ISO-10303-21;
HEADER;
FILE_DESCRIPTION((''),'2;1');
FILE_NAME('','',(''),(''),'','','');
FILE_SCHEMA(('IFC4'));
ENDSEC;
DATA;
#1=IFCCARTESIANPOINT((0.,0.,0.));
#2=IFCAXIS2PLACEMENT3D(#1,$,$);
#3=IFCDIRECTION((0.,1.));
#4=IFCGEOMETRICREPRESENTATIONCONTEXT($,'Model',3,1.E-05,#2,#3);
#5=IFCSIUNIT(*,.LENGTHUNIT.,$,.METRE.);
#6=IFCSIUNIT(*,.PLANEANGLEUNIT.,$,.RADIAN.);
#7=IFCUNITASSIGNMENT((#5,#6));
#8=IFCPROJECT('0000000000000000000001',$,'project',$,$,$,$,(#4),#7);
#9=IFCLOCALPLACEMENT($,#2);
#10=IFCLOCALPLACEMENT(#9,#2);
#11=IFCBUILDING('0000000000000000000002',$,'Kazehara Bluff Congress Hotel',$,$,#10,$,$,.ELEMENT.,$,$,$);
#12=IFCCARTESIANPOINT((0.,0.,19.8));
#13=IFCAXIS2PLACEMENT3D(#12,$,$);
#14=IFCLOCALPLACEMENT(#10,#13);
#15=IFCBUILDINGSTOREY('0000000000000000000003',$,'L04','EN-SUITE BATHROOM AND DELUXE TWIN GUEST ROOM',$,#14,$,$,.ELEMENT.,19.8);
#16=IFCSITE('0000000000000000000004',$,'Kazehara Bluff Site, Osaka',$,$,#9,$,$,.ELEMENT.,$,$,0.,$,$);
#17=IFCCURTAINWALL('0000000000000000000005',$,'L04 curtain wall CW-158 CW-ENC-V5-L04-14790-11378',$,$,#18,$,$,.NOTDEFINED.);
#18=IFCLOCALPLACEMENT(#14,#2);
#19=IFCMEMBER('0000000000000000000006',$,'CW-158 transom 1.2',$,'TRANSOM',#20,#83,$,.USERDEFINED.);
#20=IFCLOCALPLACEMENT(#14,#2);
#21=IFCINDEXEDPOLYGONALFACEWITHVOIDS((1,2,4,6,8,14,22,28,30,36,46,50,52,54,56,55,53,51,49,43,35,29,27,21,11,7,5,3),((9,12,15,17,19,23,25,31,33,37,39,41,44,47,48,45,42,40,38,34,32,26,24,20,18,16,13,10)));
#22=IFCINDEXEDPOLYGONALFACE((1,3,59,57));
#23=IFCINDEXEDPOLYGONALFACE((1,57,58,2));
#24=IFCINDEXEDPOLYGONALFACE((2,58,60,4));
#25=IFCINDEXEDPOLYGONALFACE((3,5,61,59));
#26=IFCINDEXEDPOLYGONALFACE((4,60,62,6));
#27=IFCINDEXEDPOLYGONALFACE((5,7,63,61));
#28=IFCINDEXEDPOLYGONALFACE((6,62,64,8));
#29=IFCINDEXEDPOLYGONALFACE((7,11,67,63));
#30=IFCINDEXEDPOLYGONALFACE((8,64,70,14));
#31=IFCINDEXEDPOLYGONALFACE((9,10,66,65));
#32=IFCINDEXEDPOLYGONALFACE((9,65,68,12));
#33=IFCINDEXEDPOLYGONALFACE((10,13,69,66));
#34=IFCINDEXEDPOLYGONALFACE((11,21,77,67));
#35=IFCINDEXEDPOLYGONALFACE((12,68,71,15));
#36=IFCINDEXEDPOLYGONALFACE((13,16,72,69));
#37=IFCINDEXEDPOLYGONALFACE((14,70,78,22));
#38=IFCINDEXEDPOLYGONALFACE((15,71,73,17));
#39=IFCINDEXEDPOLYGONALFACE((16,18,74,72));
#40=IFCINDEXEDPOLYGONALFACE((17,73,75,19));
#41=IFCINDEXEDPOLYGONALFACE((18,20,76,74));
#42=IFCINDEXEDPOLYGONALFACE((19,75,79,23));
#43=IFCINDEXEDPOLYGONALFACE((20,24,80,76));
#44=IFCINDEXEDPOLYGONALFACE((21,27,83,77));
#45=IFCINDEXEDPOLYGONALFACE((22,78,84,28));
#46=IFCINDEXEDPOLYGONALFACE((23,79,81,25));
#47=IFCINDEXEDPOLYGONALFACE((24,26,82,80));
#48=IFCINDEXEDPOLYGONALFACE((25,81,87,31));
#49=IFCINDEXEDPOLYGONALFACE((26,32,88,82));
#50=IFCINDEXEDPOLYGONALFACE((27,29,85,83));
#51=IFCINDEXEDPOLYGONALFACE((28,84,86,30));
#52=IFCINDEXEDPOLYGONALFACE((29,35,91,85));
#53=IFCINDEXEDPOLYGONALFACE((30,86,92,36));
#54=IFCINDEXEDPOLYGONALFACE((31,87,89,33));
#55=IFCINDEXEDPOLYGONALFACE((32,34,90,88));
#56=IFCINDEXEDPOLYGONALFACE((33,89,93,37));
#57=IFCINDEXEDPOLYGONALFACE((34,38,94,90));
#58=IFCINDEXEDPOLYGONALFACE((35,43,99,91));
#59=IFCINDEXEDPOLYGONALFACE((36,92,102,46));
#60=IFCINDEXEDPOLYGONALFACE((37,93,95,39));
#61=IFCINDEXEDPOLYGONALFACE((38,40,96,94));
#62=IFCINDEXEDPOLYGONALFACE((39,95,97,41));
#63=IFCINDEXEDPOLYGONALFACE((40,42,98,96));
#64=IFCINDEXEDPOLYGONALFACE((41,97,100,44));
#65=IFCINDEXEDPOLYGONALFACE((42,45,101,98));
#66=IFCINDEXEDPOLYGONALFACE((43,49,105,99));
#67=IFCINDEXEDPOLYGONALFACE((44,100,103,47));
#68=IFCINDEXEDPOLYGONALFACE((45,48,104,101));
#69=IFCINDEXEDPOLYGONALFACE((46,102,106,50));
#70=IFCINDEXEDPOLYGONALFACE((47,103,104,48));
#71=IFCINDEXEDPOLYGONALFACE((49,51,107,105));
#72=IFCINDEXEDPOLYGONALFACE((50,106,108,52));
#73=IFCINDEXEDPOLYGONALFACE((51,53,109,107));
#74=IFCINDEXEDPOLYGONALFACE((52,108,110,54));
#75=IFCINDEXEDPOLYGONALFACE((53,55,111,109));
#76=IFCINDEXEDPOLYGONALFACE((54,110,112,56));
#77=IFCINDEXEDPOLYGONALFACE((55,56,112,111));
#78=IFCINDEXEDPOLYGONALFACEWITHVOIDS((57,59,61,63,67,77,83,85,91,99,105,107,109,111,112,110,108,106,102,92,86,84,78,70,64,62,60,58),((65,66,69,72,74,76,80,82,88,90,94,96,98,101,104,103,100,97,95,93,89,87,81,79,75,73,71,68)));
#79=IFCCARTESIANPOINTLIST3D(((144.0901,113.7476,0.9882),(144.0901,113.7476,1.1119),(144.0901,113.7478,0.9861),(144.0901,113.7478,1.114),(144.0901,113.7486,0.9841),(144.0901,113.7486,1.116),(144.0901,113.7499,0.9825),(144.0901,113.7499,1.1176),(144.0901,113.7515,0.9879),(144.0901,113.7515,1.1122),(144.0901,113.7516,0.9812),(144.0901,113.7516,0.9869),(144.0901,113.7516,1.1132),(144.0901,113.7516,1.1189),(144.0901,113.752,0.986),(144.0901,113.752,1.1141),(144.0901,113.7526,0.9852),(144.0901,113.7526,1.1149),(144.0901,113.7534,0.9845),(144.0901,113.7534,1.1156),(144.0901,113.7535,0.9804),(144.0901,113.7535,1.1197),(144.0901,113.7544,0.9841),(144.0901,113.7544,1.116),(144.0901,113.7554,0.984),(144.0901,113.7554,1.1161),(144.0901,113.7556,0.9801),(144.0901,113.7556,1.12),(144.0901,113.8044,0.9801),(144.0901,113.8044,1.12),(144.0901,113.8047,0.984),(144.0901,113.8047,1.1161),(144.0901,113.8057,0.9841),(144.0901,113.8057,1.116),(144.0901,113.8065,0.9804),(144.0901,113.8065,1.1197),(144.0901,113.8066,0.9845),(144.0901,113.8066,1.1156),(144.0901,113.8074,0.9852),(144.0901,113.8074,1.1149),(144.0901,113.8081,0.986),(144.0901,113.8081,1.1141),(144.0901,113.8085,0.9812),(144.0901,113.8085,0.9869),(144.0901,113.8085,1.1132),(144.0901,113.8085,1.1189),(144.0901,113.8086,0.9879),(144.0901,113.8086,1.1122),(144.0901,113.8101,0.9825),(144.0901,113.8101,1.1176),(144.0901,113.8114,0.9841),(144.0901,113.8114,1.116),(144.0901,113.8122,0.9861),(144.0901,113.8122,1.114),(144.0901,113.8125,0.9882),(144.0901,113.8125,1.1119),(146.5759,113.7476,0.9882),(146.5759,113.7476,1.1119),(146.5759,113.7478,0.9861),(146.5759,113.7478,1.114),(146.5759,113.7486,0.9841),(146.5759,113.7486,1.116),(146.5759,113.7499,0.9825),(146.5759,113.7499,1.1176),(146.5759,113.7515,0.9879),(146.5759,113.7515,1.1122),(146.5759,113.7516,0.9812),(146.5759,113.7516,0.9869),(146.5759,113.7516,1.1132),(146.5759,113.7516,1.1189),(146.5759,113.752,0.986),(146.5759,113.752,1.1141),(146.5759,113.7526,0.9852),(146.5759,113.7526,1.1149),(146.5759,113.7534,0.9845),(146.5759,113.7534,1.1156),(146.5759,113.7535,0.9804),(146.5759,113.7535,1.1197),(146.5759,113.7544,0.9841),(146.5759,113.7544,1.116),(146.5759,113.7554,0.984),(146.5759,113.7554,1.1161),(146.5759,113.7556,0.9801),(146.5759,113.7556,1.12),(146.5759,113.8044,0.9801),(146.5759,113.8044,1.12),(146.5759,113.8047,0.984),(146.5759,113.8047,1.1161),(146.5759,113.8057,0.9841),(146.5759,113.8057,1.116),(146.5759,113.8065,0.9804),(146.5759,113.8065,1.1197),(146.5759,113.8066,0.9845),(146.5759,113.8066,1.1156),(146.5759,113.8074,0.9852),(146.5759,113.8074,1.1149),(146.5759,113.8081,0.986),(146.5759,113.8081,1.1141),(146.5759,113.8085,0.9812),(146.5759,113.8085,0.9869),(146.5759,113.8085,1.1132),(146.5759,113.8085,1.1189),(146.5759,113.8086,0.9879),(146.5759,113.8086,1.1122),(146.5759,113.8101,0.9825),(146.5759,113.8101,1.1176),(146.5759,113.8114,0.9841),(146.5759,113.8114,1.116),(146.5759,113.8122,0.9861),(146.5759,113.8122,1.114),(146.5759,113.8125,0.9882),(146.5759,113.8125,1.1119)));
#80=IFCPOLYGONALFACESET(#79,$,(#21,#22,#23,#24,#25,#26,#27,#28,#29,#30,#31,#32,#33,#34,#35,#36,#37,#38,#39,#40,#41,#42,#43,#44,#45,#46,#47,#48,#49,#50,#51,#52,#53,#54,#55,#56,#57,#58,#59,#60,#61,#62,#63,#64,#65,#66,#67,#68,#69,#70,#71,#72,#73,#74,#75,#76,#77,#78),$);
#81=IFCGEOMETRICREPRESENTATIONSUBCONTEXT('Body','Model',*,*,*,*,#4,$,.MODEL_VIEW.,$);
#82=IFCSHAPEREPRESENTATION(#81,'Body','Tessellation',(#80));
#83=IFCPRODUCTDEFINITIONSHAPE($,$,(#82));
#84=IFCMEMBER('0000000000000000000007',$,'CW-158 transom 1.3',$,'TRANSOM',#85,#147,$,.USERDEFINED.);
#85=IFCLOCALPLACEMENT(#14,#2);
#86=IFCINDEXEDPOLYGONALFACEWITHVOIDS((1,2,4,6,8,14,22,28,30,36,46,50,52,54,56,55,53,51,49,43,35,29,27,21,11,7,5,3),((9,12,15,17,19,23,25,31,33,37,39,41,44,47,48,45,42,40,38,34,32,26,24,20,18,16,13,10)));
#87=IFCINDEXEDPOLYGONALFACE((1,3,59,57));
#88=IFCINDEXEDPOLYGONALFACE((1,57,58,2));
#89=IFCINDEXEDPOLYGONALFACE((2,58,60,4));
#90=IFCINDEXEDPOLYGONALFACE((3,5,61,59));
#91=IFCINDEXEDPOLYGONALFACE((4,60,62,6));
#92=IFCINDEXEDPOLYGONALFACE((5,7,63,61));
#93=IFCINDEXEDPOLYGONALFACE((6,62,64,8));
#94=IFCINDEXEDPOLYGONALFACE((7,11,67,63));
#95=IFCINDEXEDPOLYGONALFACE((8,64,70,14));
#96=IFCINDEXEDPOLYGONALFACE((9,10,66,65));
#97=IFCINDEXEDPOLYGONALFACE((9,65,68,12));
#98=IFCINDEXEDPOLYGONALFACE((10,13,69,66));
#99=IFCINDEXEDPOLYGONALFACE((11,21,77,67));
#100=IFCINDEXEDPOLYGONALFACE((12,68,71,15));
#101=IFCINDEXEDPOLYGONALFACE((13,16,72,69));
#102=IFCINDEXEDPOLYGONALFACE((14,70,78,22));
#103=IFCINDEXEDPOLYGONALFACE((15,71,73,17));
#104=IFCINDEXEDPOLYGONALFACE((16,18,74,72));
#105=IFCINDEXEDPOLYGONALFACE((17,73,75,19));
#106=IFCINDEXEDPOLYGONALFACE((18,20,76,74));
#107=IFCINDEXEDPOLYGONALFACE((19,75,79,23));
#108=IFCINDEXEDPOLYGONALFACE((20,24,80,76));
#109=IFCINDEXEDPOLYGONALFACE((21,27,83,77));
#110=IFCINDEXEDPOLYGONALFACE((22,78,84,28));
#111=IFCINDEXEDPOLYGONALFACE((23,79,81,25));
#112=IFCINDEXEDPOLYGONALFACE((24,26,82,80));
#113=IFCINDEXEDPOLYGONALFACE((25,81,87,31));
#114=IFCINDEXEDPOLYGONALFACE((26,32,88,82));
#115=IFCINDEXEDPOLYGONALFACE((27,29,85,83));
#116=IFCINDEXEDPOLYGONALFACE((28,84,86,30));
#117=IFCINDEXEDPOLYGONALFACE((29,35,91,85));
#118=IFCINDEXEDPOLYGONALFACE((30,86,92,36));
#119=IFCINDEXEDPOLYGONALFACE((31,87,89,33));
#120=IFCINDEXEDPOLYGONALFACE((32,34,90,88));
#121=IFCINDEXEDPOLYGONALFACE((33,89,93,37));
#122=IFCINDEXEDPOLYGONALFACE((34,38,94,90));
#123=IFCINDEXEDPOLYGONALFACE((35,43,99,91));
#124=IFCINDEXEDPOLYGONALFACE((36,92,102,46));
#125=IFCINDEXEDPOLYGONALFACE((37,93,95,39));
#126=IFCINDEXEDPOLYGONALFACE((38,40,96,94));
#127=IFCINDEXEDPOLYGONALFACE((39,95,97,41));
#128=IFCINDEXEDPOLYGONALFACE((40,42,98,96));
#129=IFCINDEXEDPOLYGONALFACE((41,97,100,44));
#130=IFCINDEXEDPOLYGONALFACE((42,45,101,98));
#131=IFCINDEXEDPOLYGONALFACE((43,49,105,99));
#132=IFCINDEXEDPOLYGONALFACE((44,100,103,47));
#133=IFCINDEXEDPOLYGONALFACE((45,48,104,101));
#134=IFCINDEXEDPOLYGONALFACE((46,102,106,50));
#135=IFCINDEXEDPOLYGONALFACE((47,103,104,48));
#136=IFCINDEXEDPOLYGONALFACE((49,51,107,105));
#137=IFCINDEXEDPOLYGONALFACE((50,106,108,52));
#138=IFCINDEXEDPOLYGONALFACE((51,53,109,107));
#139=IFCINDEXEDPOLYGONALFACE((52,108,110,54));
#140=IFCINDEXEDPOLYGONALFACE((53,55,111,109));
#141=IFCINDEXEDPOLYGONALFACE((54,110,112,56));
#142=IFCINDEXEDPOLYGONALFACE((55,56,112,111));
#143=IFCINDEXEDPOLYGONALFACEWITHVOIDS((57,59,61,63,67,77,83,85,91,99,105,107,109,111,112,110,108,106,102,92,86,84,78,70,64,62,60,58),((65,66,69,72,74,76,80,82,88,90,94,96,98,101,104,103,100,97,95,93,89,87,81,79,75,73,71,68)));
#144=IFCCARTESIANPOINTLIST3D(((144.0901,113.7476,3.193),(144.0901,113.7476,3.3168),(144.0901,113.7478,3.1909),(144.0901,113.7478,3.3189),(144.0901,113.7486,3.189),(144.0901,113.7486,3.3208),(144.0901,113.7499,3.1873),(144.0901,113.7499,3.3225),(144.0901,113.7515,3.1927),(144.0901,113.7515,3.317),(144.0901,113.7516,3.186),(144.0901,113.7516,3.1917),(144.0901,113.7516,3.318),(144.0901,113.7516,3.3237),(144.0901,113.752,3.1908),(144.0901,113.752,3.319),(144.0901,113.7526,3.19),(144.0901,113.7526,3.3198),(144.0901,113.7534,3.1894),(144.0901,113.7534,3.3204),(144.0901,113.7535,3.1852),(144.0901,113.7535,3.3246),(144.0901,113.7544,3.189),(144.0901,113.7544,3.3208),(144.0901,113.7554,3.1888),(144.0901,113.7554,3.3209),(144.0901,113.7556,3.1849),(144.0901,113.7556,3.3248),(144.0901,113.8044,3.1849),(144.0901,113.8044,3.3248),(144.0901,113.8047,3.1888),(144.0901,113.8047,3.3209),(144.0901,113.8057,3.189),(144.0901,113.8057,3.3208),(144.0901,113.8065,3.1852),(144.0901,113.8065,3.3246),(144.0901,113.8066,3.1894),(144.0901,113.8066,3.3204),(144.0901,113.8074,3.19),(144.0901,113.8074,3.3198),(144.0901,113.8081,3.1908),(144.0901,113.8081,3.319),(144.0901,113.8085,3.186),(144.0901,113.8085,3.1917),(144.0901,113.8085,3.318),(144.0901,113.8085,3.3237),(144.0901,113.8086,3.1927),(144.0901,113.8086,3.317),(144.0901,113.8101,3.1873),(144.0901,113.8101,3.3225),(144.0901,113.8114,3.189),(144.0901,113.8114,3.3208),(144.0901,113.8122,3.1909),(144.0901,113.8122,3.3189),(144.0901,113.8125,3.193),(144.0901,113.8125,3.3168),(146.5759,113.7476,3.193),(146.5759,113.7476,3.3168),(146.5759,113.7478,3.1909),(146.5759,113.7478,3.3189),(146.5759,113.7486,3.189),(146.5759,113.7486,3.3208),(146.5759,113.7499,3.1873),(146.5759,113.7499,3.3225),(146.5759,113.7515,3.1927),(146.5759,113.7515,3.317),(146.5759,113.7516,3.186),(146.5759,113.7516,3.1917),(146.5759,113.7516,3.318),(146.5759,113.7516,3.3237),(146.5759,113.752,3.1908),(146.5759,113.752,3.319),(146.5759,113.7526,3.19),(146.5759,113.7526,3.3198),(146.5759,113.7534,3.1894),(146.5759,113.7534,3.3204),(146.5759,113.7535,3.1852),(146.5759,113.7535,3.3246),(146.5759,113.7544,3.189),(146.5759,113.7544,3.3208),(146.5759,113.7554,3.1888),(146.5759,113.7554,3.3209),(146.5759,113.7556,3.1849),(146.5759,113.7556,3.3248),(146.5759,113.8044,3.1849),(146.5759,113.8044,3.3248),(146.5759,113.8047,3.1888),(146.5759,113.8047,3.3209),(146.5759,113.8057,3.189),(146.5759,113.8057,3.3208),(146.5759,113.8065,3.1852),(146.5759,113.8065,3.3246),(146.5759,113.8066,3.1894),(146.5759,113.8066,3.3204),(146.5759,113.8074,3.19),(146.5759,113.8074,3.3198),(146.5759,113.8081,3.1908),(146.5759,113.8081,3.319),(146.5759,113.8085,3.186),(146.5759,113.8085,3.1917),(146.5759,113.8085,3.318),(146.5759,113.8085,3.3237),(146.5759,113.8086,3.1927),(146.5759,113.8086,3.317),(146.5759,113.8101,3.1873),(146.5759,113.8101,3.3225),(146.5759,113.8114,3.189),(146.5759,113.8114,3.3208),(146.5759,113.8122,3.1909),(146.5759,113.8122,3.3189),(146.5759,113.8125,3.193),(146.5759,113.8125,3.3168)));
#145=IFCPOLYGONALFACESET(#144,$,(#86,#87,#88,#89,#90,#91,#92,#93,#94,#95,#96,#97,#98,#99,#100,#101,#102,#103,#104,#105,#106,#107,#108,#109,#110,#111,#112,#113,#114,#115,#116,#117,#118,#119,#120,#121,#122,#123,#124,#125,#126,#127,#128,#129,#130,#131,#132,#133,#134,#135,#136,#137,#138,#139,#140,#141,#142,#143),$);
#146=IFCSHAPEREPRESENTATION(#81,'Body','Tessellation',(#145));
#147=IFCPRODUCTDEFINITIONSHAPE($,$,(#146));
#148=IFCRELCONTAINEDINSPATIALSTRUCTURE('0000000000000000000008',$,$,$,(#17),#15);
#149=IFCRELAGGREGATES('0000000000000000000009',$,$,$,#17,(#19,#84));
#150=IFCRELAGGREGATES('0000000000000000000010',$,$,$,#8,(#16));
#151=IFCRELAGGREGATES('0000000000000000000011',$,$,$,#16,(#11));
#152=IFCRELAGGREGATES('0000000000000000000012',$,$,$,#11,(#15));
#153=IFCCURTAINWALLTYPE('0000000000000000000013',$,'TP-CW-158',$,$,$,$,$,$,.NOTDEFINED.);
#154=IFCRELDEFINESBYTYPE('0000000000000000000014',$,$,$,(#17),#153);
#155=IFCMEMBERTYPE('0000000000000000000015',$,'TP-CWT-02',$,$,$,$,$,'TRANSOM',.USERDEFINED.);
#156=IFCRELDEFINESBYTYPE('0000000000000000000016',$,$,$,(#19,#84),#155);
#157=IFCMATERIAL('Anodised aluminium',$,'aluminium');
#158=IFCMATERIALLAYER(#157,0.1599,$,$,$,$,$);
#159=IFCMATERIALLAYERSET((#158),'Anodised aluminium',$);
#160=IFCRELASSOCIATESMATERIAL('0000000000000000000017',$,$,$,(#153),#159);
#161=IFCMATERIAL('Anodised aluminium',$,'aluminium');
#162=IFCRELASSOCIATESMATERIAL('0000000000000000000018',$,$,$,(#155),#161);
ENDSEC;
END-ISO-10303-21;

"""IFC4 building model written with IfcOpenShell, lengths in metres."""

from ifc_helpers import new_model, si_unit, direction, frame, origin, origin_2d, place, context, subcontext, project, spatial, hollow_rectangle, extrude, material, layer, layer_set, material_profile, profile_set, type_object, element, aggregate, save


model = new_model("IFC4")

# Units and contexts
model_context = context("Model", 3, precision=1e-05, world=origin(), true_north=direction((0.0, 1.0)))
body_context = subcontext(model_context, "Body", "Model", "MODEL_VIEW")
ifc_project = project(units=[si_unit("LENGTHUNIT", "METRE"), si_unit("PLANEANGLEUNIT", "RADIAN")], contexts=[model_context])

# Site, building, storey
site_placement = place(None, origin())
site = spatial("IfcSite", under=ifc_project, at=site_placement, Name="Kazehara Bluff Site, Osaka", CompositionType="ELEMENT", RefElevation=0.0)
building_placement = place(site_placement, origin())
building = spatial("IfcBuilding", under=site, at=building_placement, Name="Kazehara Bluff Congress Hotel", CompositionType="ELEMENT")
storey_placement = place(building_placement, frame((0.0, 0.0, 19.8)))
storey = spatial("IfcBuildingStorey", under=building, at=storey_placement, Name="L04", Description="EN-SUITE BATHROOM AND DELUXE TWIN GUEST ROOM", CompositionType="ELEMENT", Elevation=19.8)

# Curtain wall, members
ifc_material_1 = material(Name="Anodised aluminium", Category="aluminium")
ifc_layer_1 = layer(ifc_material_1, 0.1599)
ifc_layer_set_1 = layer_set([ifc_layer_1], Name="Anodised aluminium")
curtain_wall_type = type_object("IfcCurtainWallType", Name="TP-CW-158", PredefinedType="NOTDEFINED", material=ifc_layer_set_1)
curtain_wall_placement = place(storey_placement, origin())
curtain_wall = element("IfcCurtainWall", 1, at=curtain_wall_placement, inside=storey, type_object=curtain_wall_type, Name="L04 curtain wall CW-158 CW-ENC-V5-L04-14790-11378", PredefinedType="NOTDEFINED")
ifc_material_2 = material(Name="Anodised aluminium", Category="aluminium")
ifc_material_profile_1 = material_profile(ifc_material_2, hollow_rectangle(XDim=0.0649, YDim=0.1399, WallThickness=0.0039, InnerFilletRadius=0.0039, OuterFilletRadius=0.0081, at=origin_2d()))
ifc_profile_set_1 = profile_set([ifc_material_profile_1], Name="Anodised aluminium")
member_type_1 = type_object("IfcMemberType", Name="TP-CWT-02", ElementType="TRANSOM", PredefinedType="USERDEFINED", material=ifc_profile_set_1)
member_1_placement = place(storey_placement, frame((144.0901, 113.78, 1.05), z_axis=(1.0, 0.0, 0.0), x_axis=(0.0, 1.0, 0.0)))
member_1 = element("IfcMember", 2, at=member_1_placement, type_object=member_type_1, Name="CW-158 transom 1.2", ObjectType="TRANSOM", PredefinedType="USERDEFINED", context=body_context, shape_type="SweptSolid", body=[
    extrude(hollow_rectangle(XDim=0.0649, YDim=0.1399, WallThickness=0.0039, InnerFilletRadius=0.0039, OuterFilletRadius=0.0081, at=origin_2d()), origin(), (0.0, 0.0, 1.0), 2.4858),
])
member_2_placement = place(storey_placement, frame((144.0901, 113.78, 3.2549), z_axis=(1.0, 0.0, 0.0), x_axis=(0.0, 1.0, 0.0)))
member_2 = element("IfcMember", 3, at=member_2_placement, type_object=member_type_1, Name="CW-158 transom 1.3", ObjectType="TRANSOM", PredefinedType="USERDEFINED", context=body_context, shape_type="SweptSolid", body=[
    extrude(hollow_rectangle(XDim=0.0649, YDim=0.1399, WallThickness=0.0039, InnerFilletRadius=0.0039, OuterFilletRadius=0.0081, at=origin_2d()), origin(), (0.0, 0.0, 1.0), 2.4858),
])
aggregate(curtain_wall, [member_1, member_2])

save(model, "model.ifc")
